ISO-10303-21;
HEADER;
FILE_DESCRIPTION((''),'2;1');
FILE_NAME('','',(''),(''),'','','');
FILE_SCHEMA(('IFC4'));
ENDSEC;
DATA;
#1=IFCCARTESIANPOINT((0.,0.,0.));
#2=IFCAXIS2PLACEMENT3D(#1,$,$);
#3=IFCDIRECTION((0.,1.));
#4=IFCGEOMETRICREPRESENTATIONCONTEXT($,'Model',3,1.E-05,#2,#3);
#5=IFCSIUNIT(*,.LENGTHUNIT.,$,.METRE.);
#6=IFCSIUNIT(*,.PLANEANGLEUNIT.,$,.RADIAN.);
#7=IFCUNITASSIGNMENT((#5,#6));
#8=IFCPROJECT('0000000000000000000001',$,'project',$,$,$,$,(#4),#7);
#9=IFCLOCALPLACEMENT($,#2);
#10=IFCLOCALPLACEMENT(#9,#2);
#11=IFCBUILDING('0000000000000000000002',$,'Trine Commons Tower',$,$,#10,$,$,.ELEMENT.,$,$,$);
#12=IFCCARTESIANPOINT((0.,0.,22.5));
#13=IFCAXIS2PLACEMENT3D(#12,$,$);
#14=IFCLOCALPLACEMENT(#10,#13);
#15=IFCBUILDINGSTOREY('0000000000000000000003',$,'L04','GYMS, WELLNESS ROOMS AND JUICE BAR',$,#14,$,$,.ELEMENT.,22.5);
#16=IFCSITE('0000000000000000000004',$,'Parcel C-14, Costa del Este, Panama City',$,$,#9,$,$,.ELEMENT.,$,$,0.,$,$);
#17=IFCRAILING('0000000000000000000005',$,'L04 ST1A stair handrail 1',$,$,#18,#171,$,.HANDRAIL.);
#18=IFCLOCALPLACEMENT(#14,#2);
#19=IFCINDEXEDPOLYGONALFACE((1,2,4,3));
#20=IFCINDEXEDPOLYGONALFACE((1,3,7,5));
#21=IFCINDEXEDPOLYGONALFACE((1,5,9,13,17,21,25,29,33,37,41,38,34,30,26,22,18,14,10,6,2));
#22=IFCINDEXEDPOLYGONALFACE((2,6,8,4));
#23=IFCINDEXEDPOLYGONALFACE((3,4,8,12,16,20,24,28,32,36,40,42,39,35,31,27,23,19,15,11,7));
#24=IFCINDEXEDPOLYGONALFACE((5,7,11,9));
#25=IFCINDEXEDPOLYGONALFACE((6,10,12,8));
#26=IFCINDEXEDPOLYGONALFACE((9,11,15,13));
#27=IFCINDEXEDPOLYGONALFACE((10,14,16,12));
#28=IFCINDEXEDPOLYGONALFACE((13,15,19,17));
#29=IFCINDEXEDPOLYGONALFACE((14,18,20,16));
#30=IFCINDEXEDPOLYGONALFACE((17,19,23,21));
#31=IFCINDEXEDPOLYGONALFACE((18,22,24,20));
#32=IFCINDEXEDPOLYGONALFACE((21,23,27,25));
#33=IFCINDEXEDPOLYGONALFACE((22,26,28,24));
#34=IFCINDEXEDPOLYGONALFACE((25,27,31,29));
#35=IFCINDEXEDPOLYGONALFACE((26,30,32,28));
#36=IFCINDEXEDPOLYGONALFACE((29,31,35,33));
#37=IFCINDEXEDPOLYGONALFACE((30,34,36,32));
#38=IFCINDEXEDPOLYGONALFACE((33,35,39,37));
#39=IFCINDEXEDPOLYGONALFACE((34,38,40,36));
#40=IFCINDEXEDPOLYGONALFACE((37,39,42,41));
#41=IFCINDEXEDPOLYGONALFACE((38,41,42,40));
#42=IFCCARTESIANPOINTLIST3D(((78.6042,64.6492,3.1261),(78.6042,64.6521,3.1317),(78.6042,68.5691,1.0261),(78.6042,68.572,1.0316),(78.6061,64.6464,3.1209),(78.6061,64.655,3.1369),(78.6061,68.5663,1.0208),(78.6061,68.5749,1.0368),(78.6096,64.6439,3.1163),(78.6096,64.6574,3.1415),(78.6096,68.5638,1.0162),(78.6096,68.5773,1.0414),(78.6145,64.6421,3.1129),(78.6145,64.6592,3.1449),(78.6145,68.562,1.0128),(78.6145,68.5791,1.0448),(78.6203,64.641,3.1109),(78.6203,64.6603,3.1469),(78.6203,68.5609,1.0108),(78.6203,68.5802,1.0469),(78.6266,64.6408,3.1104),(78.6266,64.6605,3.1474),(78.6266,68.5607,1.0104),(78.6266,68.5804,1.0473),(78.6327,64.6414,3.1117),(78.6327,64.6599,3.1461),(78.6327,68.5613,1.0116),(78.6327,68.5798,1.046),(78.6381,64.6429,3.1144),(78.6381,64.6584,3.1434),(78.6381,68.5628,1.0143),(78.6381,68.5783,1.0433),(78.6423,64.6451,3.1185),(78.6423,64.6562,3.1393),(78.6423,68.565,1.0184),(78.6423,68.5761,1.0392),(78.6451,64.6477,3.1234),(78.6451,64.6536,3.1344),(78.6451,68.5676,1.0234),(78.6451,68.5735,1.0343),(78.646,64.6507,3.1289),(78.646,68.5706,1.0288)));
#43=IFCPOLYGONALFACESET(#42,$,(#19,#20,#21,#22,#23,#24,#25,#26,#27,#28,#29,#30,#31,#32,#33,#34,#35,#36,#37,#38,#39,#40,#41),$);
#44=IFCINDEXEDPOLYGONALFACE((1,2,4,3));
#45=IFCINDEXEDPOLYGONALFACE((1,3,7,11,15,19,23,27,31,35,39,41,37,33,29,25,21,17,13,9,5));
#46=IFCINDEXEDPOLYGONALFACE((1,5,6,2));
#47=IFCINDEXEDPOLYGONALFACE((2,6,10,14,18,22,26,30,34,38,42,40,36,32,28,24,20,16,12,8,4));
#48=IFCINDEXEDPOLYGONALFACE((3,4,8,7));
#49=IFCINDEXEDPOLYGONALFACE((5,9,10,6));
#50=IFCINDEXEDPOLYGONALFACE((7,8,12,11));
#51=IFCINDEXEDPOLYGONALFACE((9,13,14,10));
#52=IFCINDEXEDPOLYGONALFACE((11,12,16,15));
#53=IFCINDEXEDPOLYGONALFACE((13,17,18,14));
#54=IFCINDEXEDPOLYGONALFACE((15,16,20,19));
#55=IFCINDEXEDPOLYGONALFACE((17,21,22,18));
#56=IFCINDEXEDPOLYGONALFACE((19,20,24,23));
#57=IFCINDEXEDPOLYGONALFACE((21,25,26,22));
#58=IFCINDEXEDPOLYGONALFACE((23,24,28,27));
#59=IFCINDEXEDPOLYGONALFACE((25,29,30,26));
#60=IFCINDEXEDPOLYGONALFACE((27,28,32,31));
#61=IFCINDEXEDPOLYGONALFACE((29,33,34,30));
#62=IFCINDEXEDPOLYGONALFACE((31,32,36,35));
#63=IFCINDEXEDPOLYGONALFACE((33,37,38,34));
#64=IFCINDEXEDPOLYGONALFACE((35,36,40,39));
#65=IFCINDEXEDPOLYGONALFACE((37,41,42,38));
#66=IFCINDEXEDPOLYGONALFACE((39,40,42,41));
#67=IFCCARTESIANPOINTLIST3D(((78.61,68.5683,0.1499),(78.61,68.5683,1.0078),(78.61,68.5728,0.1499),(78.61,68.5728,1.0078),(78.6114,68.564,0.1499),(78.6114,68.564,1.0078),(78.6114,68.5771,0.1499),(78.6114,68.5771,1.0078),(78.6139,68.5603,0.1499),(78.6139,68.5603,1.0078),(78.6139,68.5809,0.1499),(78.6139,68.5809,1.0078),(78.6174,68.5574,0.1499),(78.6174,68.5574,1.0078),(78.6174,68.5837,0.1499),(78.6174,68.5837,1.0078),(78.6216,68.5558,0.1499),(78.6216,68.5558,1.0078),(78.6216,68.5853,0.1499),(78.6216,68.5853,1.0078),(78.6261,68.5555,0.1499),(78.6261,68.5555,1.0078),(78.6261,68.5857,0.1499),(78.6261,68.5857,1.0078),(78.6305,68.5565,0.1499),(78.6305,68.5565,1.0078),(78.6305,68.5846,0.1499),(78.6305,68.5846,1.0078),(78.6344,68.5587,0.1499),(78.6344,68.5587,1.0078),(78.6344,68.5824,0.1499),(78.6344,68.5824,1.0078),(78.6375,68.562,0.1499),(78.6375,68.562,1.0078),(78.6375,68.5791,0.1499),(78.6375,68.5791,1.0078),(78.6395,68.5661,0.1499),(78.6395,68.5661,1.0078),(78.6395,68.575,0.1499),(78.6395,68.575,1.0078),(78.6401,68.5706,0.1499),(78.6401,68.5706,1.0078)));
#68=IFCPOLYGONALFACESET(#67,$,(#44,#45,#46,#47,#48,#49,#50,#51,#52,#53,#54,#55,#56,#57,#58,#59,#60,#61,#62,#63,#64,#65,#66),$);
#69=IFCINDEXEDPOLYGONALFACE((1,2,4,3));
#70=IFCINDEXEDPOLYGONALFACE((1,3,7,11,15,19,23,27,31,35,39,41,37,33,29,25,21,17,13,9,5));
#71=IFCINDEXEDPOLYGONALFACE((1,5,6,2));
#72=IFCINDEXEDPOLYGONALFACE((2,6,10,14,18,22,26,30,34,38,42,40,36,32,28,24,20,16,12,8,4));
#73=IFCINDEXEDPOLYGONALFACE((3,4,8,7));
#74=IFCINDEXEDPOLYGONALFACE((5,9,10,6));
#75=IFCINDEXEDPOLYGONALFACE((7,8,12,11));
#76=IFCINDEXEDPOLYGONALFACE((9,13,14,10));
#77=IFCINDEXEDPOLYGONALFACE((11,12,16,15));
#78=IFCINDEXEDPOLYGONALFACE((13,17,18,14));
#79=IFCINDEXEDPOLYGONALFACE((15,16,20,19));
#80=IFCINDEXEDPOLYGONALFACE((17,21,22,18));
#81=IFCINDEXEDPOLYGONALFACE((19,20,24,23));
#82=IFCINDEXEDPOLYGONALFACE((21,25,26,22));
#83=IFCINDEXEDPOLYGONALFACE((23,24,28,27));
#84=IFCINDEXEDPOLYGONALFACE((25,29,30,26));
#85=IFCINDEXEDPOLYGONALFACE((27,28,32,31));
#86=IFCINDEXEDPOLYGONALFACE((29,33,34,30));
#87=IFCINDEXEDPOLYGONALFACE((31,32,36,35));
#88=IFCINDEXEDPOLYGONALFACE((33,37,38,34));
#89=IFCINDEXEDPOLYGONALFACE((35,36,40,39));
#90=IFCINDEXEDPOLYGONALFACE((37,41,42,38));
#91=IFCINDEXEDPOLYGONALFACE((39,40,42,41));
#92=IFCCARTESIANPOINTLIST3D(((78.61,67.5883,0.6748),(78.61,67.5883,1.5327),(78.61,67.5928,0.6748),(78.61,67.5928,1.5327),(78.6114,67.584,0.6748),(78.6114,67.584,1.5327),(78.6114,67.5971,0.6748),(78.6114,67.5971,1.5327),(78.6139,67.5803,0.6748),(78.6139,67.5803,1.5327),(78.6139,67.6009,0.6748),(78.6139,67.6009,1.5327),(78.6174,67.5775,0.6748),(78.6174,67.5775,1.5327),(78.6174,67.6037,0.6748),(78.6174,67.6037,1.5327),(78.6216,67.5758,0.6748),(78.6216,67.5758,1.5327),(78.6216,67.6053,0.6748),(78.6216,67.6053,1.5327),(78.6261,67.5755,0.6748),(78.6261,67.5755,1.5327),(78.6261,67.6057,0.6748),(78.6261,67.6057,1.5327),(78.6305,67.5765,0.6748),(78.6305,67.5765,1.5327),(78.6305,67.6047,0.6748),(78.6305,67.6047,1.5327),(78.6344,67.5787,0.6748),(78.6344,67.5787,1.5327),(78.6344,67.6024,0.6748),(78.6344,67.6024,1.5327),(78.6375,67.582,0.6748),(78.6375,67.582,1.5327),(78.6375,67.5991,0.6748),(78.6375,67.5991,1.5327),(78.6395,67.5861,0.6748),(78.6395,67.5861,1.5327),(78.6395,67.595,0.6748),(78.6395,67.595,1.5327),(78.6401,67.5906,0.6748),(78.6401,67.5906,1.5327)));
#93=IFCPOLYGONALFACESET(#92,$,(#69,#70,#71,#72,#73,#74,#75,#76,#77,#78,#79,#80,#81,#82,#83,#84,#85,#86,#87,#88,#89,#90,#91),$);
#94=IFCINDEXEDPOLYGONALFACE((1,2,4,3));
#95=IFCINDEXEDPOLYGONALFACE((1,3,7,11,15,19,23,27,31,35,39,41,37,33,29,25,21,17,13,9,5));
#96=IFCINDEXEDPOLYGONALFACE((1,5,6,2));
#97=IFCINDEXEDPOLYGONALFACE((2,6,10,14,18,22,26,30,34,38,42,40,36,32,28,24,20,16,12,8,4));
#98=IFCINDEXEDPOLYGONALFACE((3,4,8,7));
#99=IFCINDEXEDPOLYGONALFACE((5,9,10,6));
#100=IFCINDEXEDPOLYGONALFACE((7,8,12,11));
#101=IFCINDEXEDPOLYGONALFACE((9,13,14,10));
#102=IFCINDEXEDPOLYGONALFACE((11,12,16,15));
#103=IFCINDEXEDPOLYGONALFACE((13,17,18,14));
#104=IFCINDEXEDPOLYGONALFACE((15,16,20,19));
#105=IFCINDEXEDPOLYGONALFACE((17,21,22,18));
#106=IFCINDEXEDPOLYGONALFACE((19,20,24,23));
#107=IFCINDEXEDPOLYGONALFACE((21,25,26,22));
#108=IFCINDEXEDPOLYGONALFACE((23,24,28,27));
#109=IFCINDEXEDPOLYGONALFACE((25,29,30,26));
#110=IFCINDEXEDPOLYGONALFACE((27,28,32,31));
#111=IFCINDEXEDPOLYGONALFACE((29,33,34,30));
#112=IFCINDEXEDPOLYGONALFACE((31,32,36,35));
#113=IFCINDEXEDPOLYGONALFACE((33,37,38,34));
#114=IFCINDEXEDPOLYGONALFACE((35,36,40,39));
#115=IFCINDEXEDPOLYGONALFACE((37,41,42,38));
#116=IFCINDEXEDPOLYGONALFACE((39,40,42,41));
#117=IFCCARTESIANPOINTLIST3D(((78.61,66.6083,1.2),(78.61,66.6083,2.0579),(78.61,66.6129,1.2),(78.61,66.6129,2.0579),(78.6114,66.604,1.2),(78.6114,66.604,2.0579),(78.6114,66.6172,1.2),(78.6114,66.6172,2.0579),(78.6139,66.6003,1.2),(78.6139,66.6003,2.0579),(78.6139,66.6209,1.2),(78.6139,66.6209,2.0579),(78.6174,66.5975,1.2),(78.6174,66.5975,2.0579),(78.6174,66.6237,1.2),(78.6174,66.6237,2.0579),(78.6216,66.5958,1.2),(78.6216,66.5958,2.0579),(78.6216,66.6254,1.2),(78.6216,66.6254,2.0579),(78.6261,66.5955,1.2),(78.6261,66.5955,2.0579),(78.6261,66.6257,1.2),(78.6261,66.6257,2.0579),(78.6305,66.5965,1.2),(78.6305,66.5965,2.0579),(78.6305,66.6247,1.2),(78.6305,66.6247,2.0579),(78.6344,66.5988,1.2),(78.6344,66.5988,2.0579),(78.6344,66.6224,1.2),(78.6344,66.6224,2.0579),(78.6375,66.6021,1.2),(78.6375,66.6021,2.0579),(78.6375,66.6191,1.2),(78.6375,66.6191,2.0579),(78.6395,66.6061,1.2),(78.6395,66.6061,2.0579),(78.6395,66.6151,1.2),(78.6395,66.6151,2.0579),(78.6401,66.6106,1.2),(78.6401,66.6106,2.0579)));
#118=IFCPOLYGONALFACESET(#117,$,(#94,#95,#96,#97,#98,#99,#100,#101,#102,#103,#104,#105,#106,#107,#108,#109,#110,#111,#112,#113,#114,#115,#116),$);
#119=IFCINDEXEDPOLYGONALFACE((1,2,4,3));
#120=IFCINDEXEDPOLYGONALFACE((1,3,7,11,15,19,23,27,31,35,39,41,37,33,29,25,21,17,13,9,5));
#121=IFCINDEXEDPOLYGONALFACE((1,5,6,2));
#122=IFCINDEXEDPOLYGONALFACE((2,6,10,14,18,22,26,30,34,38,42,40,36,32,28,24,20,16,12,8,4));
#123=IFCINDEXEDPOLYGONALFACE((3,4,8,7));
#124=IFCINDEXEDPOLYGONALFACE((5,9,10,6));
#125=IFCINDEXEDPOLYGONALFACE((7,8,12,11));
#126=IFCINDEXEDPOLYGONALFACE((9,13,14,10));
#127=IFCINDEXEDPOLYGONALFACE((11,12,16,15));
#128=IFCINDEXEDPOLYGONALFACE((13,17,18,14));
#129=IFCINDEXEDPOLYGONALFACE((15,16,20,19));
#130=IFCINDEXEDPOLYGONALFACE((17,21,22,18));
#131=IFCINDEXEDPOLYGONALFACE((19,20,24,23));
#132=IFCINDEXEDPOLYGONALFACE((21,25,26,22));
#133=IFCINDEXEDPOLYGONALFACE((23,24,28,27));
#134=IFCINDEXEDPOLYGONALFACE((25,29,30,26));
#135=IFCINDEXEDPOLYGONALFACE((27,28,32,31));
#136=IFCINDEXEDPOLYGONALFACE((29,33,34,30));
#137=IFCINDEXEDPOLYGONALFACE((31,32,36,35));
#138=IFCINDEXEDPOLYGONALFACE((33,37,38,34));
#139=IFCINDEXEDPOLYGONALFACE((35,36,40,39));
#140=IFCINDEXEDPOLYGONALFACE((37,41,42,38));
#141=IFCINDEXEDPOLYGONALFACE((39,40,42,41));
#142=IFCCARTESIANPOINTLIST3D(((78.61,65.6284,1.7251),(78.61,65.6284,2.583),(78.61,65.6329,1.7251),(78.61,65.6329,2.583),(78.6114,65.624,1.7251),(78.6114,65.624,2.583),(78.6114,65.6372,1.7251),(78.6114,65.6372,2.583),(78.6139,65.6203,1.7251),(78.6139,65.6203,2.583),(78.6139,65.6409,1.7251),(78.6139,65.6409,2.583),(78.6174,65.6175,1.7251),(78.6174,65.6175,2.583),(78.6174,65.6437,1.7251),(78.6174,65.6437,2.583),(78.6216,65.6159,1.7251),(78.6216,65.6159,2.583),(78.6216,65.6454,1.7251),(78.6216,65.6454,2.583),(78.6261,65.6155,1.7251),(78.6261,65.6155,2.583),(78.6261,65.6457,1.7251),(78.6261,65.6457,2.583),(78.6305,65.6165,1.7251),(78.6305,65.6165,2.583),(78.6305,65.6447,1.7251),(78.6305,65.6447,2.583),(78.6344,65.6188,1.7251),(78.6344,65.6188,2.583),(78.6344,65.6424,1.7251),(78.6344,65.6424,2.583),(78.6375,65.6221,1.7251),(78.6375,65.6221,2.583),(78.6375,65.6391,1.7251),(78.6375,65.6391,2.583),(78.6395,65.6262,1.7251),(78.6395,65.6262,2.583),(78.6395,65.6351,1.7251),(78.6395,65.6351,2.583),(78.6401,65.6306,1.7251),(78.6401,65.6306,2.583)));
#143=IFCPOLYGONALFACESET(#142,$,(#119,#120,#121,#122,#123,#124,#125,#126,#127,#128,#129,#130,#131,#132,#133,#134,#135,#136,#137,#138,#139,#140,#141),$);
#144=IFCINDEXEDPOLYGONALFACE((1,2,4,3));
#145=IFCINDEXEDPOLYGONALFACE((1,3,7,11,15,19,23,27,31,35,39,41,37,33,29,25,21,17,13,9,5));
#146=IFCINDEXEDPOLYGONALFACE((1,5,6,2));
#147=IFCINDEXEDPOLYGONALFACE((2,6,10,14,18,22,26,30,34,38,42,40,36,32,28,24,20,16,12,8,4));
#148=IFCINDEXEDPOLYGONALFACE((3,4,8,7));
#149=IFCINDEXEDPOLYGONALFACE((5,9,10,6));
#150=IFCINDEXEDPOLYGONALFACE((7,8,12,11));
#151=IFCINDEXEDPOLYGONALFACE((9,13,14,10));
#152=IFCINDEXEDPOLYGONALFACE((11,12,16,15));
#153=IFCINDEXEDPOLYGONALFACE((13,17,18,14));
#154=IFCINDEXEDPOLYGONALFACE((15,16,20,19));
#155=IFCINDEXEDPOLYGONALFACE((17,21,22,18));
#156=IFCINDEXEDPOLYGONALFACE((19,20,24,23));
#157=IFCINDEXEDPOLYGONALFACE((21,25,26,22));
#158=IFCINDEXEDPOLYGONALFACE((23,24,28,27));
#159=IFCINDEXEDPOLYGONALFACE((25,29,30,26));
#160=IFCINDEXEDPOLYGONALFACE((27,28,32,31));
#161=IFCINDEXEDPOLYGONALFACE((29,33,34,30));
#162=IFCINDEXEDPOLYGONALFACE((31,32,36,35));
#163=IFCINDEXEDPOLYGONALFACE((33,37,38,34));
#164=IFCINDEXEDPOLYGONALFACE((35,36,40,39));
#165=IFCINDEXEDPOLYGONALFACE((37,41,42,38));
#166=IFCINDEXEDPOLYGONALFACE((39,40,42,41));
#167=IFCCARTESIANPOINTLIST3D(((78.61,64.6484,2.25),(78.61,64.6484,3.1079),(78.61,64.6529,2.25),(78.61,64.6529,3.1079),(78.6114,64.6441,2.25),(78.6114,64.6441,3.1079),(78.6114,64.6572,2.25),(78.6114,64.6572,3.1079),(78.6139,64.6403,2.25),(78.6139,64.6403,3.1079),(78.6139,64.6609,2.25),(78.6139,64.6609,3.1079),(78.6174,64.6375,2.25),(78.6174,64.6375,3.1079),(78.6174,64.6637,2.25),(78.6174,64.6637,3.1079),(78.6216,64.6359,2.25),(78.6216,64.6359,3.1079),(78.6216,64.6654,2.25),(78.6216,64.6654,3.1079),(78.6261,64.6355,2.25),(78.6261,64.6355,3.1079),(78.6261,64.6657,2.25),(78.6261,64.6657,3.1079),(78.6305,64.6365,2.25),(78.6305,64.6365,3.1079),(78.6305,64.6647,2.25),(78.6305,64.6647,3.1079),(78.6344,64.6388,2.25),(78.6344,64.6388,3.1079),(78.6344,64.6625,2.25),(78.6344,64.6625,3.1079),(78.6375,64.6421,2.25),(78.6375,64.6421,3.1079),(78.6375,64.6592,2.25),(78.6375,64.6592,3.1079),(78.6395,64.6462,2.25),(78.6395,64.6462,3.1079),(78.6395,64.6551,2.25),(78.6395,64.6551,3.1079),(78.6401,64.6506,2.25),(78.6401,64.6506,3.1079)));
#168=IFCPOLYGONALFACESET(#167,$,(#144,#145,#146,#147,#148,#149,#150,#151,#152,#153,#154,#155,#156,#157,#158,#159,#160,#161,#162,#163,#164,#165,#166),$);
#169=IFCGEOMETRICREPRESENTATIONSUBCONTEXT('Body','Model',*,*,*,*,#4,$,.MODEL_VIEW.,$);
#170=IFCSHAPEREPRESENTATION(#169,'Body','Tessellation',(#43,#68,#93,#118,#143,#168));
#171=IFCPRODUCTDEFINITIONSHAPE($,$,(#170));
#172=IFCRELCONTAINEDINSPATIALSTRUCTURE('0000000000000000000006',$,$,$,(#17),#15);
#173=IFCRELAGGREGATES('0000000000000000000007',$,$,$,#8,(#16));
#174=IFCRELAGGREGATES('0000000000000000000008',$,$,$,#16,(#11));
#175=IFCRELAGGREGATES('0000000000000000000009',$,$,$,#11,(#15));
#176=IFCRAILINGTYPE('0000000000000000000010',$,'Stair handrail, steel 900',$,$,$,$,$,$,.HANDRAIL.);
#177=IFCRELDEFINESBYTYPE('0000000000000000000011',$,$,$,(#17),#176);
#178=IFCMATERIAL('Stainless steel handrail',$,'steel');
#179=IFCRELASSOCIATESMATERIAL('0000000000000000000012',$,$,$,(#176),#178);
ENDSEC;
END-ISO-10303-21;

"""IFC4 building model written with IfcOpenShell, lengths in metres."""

from ifc_helpers import new_model, si_unit, direction, frame, origin, origin_2d, place, context, subcontext, project, spatial, circle, extrude, material, type_object, element, save


model = new_model("IFC4")

# Units and contexts
model_context = context("Model", 3, precision=1e-05, world=origin(), true_north=direction((0.0, 1.0)))
body_context = subcontext(model_context, "Body", "Model", "MODEL_VIEW")
ifc_project = project(units=[si_unit("LENGTHUNIT", "METRE"), si_unit("PLANEANGLEUNIT", "RADIAN")], contexts=[model_context])

# Site, building, storey
site_placement = place(None, origin())
site = spatial("IfcSite", under=ifc_project, at=site_placement, Name="Parcel C-14, Costa del Este, Panama City", CompositionType="ELEMENT", RefElevation=0.0)
building_placement = place(site_placement, origin())
building = spatial("IfcBuilding", under=site, at=building_placement, Name="Trine Commons Tower", CompositionType="ELEMENT")
storey_placement = place(building_placement, frame((0.0, 0.0, 22.5)))
storey = spatial("IfcBuildingStorey", under=building, at=storey_placement, Name="L04", Description="GYMS, WELLNESS ROOMS AND JUICE BAR", CompositionType="ELEMENT", Elevation=22.5)

# Railing
ifc_material_1 = material(Name="Stainless steel handrail", Category="steel")
railing_type_1 = type_object("IfcRailingType", Name="Stair handrail, steel 900", PredefinedType="HANDRAIL", material=ifc_material_1)
railing_1_placement = place(storey_placement, frame((78.625, 68.5706, 0.1499)))
element("IfcRailing", 1, at=railing_1_placement, inside=storey, type_object=railing_type_1, Name="L04 ST1A stair handrail 1", PredefinedType="HANDRAIL", context=body_context, shape_type="SweptSolid", body=[
    extrude(circle(Radius=0.021, at=origin_2d()), frame((0.0, 0.0, 0.8789), z_axis=(0.0, -0.881467, 0.472246), x_axis=(1.0, 0.0, 0.0)), (0.0, 0.0, 1.0), 4.447),
    extrude(circle(Radius=0.0151, at=origin_2d()), origin(), (0.0, 0.0, 1.0), 0.8579),
    extrude(circle(Radius=0.0151, at=origin_2d()), frame((0.0, -0.98, 0.5249)), (0.0, 0.0, 1.0), 0.8579),
    extrude(circle(Radius=0.0151, at=origin_2d()), frame((0.0, -1.96, 1.05)), (0.0, 0.0, 1.0), 0.8579),
    extrude(circle(Radius=0.0151, at=origin_2d()), frame((0.0, -2.9399, 1.5752)), (0.0, 0.0, 1.0), 0.8579),
    extrude(circle(Radius=0.0151, at=origin_2d()), frame((0.0, -3.9199, 2.1001)), (0.0, 0.0, 1.0), 0.8579),
])

save(model, "model.ifc")
